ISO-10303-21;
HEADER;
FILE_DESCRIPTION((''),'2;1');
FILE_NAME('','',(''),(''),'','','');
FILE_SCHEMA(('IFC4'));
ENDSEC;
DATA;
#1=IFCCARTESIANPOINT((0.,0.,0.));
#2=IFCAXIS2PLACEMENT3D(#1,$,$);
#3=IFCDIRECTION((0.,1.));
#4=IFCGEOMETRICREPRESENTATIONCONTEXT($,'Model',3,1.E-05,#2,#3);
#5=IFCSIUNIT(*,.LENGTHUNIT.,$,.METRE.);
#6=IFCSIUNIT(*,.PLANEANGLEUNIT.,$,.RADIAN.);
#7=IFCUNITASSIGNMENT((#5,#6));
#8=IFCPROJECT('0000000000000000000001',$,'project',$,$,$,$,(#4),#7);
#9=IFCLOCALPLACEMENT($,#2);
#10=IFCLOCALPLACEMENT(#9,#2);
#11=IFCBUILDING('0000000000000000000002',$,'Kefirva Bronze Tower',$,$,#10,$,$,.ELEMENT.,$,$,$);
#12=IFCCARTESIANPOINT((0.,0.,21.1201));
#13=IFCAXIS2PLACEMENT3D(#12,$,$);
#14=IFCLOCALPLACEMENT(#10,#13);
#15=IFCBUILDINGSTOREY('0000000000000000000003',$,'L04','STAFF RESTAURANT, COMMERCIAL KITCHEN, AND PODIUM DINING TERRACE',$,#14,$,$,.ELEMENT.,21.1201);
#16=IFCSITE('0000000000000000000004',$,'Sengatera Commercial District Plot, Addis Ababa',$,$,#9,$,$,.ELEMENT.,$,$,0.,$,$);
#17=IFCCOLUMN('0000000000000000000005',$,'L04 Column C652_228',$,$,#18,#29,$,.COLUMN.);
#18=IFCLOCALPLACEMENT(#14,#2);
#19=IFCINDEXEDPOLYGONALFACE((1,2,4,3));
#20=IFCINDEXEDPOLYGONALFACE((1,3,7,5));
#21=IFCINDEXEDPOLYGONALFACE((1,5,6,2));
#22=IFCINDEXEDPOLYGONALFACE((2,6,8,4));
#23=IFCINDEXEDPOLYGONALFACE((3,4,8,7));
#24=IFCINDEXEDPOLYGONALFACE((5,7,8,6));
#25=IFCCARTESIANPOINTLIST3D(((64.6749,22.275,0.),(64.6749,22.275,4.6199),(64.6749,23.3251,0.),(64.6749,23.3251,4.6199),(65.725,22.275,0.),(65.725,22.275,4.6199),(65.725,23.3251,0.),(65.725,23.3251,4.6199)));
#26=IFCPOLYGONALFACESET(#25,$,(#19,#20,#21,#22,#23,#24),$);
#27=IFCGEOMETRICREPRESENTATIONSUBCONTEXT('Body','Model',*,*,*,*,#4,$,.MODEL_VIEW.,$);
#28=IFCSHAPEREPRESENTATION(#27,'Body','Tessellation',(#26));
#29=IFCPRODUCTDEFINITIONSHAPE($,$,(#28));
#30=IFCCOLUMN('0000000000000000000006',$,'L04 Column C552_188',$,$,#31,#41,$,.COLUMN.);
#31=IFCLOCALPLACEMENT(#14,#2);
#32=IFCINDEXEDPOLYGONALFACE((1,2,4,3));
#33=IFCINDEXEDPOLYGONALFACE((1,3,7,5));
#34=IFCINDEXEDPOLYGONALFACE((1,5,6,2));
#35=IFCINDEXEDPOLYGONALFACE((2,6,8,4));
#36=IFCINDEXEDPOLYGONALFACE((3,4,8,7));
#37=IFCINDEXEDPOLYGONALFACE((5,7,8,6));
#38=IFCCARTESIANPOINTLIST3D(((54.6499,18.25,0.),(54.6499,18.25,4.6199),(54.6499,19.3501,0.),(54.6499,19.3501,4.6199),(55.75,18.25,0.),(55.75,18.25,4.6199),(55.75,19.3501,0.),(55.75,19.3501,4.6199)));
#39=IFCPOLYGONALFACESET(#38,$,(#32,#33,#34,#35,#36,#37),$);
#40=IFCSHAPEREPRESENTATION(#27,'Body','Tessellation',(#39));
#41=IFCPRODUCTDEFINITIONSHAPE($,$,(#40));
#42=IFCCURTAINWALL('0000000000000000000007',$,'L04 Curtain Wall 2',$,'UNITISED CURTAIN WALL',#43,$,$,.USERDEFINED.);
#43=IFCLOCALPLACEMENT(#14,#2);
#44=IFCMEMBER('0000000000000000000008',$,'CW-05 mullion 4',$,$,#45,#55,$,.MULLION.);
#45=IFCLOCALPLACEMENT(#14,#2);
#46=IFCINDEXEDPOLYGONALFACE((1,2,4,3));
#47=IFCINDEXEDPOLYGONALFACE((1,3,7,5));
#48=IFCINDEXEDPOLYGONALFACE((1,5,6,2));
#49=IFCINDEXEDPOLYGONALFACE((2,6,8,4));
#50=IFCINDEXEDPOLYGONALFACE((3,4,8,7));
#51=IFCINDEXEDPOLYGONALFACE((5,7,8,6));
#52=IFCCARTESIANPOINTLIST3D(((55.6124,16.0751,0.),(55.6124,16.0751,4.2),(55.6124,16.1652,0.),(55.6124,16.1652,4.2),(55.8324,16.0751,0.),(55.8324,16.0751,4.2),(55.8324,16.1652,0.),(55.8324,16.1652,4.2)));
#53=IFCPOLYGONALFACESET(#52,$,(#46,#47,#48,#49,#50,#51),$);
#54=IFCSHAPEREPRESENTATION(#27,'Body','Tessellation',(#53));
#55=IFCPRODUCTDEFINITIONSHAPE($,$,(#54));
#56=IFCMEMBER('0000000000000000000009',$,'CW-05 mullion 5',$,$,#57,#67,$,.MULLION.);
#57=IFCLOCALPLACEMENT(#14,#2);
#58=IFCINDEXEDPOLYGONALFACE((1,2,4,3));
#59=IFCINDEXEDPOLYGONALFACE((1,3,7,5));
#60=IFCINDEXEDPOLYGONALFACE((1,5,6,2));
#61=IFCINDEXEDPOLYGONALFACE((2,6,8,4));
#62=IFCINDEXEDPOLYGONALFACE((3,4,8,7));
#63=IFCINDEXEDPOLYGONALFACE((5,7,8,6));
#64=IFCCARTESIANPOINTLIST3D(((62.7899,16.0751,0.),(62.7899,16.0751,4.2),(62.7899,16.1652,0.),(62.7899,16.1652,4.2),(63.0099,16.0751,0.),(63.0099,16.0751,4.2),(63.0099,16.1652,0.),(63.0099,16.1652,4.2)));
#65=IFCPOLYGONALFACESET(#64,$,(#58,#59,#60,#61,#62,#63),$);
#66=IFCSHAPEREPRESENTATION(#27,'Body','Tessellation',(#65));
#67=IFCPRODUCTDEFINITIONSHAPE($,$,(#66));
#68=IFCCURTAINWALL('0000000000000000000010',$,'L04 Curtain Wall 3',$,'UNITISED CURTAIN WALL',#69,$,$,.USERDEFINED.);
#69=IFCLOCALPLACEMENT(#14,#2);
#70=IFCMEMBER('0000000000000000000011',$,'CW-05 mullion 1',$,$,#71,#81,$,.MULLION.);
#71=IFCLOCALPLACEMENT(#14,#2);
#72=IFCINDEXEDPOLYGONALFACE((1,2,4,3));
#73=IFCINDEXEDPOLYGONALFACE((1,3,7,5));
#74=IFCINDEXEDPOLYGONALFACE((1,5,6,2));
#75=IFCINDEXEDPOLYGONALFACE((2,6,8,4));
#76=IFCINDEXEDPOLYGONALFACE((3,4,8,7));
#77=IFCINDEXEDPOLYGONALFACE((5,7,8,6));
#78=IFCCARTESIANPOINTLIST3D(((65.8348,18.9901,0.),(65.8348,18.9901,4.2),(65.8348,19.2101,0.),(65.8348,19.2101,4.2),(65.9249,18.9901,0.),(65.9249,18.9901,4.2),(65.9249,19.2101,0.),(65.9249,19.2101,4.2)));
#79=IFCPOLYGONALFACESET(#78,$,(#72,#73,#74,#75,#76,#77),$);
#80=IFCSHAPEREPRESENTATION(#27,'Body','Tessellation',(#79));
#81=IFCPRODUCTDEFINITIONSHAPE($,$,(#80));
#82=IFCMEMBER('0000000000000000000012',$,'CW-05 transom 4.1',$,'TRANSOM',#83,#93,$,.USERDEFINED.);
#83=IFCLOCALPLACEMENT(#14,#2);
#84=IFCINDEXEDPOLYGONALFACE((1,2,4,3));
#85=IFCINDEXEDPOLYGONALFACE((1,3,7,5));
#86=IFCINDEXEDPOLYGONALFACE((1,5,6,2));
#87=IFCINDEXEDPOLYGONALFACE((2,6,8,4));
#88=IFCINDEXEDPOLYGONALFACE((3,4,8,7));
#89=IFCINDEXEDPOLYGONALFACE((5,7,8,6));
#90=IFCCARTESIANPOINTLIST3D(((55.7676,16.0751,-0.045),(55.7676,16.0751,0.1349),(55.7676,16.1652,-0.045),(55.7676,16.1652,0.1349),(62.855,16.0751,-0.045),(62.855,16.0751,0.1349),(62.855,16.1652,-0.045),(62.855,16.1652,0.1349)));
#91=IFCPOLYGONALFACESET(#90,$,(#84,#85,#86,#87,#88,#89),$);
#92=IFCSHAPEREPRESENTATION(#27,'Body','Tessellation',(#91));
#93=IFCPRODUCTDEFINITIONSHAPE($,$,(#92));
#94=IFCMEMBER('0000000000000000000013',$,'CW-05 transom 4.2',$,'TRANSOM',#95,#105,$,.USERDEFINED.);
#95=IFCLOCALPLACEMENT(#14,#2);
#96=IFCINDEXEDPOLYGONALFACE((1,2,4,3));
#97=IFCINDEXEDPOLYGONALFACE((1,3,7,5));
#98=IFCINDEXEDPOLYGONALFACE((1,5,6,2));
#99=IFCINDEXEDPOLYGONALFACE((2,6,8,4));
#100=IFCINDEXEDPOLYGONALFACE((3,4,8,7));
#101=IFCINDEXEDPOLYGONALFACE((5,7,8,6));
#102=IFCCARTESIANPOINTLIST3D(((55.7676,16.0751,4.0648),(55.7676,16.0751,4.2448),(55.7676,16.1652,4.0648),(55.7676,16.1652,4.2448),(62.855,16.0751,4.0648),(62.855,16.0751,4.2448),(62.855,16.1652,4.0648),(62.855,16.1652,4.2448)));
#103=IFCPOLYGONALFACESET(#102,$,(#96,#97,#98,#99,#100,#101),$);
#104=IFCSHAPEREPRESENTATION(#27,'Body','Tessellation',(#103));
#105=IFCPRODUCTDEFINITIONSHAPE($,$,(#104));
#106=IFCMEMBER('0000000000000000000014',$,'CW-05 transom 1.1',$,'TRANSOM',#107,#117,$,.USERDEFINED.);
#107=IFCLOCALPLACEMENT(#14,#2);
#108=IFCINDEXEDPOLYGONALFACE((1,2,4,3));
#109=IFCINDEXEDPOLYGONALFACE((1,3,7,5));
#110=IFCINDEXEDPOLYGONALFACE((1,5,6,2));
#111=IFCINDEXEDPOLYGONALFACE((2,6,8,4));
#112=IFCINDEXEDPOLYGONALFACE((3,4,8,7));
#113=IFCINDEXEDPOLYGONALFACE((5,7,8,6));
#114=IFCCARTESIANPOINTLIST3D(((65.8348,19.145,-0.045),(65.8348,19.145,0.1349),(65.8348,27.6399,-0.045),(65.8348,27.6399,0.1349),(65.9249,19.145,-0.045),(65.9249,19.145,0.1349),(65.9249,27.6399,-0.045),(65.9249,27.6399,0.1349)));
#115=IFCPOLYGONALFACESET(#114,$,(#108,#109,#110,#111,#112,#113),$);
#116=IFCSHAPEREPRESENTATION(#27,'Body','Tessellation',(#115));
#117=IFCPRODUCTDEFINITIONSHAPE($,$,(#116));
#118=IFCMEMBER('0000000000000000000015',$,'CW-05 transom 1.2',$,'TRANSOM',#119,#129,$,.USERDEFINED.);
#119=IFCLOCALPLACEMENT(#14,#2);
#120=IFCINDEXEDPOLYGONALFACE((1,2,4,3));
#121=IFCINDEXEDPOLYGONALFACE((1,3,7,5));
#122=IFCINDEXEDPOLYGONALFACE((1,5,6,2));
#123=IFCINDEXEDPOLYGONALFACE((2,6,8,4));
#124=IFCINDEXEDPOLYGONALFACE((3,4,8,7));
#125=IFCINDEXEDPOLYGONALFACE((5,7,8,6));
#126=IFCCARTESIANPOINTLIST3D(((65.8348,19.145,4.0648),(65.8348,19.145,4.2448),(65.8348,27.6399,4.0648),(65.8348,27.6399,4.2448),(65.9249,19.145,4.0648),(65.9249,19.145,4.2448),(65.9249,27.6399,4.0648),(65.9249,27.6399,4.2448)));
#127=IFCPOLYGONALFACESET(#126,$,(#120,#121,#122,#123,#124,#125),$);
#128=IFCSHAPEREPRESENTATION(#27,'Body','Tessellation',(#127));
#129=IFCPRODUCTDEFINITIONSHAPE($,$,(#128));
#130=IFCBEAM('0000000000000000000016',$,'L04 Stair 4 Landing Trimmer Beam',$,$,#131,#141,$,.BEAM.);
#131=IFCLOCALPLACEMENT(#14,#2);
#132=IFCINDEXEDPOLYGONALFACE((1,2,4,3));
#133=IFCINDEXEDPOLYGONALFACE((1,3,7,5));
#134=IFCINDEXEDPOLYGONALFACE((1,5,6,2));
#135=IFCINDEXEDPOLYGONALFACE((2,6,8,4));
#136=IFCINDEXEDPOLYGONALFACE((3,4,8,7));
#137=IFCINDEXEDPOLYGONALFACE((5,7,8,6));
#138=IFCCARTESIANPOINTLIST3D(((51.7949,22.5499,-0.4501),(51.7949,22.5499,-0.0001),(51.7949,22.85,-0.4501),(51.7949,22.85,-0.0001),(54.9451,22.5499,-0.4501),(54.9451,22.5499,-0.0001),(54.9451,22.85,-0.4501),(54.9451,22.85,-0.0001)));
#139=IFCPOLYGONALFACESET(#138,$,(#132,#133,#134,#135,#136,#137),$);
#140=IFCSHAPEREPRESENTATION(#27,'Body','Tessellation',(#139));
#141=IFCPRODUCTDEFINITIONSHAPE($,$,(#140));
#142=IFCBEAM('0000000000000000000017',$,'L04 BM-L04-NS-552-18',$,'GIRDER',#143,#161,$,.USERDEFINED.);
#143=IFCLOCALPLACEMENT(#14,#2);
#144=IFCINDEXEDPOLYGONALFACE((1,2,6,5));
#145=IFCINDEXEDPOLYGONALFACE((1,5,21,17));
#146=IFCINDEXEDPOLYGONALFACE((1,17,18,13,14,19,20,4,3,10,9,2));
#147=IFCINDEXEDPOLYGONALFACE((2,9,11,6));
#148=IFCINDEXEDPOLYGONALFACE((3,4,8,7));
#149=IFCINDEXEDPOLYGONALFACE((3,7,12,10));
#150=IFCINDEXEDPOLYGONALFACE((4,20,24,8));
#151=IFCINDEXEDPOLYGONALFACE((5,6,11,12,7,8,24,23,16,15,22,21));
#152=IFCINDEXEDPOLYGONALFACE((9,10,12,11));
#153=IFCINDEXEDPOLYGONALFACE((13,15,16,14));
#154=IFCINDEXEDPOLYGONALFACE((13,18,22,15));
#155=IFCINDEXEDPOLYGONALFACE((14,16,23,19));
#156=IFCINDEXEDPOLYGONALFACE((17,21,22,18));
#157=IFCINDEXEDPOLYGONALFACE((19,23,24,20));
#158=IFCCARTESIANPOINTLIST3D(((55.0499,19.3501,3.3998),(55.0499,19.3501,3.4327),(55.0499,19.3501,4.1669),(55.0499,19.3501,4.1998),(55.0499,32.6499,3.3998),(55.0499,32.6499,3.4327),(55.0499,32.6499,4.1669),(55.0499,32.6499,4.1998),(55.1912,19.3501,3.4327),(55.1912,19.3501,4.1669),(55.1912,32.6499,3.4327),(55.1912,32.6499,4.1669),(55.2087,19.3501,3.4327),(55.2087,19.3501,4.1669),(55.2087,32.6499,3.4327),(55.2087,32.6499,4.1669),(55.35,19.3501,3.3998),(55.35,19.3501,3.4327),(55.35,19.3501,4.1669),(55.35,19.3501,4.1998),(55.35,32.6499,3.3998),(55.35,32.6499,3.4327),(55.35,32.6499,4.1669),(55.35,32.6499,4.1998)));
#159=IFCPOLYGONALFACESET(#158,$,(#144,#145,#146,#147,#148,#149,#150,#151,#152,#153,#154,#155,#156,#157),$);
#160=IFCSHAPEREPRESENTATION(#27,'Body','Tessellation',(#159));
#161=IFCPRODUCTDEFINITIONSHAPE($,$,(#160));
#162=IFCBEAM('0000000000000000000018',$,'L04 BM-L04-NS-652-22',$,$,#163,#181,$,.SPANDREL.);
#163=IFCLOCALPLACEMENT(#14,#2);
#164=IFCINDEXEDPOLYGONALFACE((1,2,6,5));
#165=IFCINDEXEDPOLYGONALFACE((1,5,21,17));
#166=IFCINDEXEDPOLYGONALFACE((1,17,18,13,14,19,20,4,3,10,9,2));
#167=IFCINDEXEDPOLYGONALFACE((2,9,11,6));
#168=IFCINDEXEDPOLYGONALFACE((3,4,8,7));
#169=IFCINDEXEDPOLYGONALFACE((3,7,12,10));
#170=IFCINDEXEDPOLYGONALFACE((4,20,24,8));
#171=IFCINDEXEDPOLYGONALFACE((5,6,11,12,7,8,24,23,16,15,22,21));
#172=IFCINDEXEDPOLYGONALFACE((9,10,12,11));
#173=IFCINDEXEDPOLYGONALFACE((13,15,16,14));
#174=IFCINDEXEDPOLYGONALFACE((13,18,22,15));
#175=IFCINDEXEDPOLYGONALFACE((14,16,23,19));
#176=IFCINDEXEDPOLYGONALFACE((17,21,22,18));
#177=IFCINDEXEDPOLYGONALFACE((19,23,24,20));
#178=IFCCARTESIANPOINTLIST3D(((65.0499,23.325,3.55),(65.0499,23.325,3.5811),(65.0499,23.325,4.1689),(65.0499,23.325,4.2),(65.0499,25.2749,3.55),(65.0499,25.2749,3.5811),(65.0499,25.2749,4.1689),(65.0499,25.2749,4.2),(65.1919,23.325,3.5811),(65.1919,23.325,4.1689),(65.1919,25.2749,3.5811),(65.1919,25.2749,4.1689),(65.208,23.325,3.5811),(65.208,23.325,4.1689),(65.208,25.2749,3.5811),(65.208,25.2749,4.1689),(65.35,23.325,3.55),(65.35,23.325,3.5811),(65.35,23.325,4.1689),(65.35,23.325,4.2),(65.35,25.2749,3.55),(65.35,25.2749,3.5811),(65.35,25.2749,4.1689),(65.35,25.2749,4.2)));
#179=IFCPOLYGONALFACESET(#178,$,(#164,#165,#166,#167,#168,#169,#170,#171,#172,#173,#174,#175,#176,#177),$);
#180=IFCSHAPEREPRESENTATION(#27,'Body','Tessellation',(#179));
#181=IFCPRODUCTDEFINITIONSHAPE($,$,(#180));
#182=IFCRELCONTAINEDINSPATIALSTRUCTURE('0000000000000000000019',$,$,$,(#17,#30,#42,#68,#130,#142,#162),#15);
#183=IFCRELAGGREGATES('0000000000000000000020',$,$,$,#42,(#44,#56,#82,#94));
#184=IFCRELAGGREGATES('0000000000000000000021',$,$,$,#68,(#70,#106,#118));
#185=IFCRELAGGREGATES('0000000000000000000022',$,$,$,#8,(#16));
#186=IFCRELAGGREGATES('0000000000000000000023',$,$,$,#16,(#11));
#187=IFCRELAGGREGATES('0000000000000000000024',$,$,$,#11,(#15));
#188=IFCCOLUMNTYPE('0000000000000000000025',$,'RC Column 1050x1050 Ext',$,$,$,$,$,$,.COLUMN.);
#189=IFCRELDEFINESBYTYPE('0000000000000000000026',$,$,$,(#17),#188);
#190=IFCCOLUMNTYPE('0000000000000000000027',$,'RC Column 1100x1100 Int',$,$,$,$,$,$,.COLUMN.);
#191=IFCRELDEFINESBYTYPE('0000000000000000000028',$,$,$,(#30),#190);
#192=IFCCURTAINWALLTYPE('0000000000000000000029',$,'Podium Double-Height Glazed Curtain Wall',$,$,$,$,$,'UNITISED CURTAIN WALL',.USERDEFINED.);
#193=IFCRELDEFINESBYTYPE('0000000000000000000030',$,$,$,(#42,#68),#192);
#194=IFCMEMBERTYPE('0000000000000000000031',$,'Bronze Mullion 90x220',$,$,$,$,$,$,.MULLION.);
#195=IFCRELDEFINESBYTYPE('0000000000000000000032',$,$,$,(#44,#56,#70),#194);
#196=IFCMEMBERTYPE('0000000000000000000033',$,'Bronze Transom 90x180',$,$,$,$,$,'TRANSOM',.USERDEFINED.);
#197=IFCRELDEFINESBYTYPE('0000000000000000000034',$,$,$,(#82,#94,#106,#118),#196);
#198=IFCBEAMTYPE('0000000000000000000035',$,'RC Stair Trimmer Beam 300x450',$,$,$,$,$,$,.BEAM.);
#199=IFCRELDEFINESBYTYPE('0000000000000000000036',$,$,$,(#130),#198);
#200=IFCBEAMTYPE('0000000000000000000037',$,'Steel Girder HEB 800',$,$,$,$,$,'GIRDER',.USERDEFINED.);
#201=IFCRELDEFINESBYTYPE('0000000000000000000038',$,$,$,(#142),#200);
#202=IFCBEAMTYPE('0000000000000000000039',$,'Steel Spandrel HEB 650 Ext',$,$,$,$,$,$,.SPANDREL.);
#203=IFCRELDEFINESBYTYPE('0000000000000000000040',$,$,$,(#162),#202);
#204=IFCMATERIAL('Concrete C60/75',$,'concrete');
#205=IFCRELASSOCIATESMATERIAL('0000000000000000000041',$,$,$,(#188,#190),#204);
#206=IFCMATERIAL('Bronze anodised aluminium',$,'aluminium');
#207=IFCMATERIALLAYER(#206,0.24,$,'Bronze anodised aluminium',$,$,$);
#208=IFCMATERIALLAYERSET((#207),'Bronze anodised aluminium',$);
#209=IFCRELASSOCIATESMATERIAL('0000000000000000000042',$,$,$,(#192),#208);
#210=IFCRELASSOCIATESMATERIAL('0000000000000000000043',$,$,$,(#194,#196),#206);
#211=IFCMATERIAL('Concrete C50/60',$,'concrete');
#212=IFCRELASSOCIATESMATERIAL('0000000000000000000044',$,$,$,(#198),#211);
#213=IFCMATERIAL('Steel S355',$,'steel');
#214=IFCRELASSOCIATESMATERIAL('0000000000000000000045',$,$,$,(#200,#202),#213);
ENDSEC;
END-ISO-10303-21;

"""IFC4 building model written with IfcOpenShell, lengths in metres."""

from ifc_helpers import new_model, si_unit, direction, frame, origin, origin_2d, place, context, subcontext, project, spatial, rectangle, i_section, extrude, material, layer, layer_set, material_profile, profile_set, type_object, element, aggregate, save


model = new_model("IFC4")

# Units and contexts
model_context = context("Model", 3, precision=1e-05, world=origin(), true_north=direction((0.0, 1.0)))
body_context = subcontext(model_context, "Body", "Model", "MODEL_VIEW")
ifc_project = project(units=[si_unit("LENGTHUNIT", "METRE"), si_unit("PLANEANGLEUNIT", "RADIAN")], contexts=[model_context])

# Site, building, storey
site_placement = place(None, origin())
site = spatial("IfcSite", under=ifc_project, at=site_placement, Name="Sengatera Commercial District Plot, Addis Ababa", CompositionType="ELEMENT", RefElevation=0.0)
building_placement = place(site_placement, origin())
building = spatial("IfcBuilding", under=site, at=building_placement, Name="Kefirva Bronze Tower", CompositionType="ELEMENT")
storey_placement = place(building_placement, frame((0.0, 0.0, 21.1201)))
storey = spatial("IfcBuildingStorey", under=building, at=storey_placement, Name="L04", Description="STAFF RESTAURANT, COMMERCIAL KITCHEN, AND PODIUM DINING TERRACE", CompositionType="ELEMENT", Elevation=21.1201)

# Columns
ifc_material_1 = material(Name="Concrete C60/75", Category="concrete")
ifc_material_profile_1 = material_profile(ifc_material_1, rectangle(XDim=1.05, YDim=1.05, at=origin_2d()), Name="RC 1050x1050")
ifc_profile_set_1 = profile_set([ifc_material_profile_1], Name="Concrete C60/75")
column_type_1 = type_object("IfcColumnType", Name="RC Column 1050x1050 Ext", PredefinedType="COLUMN", material=ifc_profile_set_1)
column_1_placement = place(storey_placement, frame((65.2, 22.8, 0.0), z_axis=(0.0, 0.0, 1.0), x_axis=(1.0, 0.0, 0.0)))
element("IfcColumn", 1, at=column_1_placement, inside=storey, type_object=column_type_1, Name="L04 Column C652_228", PredefinedType="COLUMN", context=body_context, shape_type="SweptSolid", body=[
    extrude(rectangle(XDim=1.05, YDim=1.05, at=origin_2d()), origin(), (0.0, 0.0, 1.0), 4.6199),
])
ifc_material_profile_2 = material_profile(ifc_material_1, rectangle(XDim=1.1001, YDim=1.1001, at=origin_2d()), Name="RC 1100x1100")
ifc_profile_set_2 = profile_set([ifc_material_profile_2], Name="Concrete C60/75")
column_type_2 = type_object("IfcColumnType", Name="RC Column 1100x1100 Int", PredefinedType="COLUMN", material=ifc_profile_set_2)
column_2_placement = place(storey_placement, frame((55.2, 18.8, 0.0), z_axis=(0.0, 0.0, 1.0), x_axis=(1.0, 0.0, 0.0)))
element("IfcColumn", 2, at=column_2_placement, inside=storey, type_object=column_type_2, Name="L04 Column C552_188", PredefinedType="COLUMN", context=body_context, shape_type="SweptSolid", body=[
    extrude(rectangle(XDim=1.1001, YDim=1.1001, at=origin_2d()), origin(), (0.0, 0.0, 1.0), 4.6199),
])

# Curtain wall, members
ifc_material_2 = material(Name="Bronze anodised aluminium", Category="aluminium")
ifc_layer_1 = layer(ifc_material_2, 0.24, Name="Bronze anodised aluminium")
ifc_layer_set_1 = layer_set([ifc_layer_1], Name="Bronze anodised aluminium")
curtain_wall_type = type_object("IfcCurtainWallType", Name="Podium Double-Height Glazed Curtain Wall", ElementType="UNITISED CURTAIN WALL", PredefinedType="USERDEFINED", material=ifc_layer_set_1)
curtain_wall_1_placement = place(storey_placement, origin())
curtain_wall_1 = element("IfcCurtainWall", 3, at=curtain_wall_1_placement, inside=storey, type_object=curtain_wall_type, Name="L04 Curtain Wall 2", ObjectType="UNITISED CURTAIN WALL", PredefinedType="USERDEFINED")
ifc_material_profile_3 = material_profile(ifc_material_2, rectangle(XDim=0.0901, YDim=0.22, at=origin_2d()), Name="ALU 90x220")
ifc_profile_set_3 = profile_set([ifc_material_profile_3], Name="Bronze anodised aluminium")
member_type_1 = type_object("IfcMemberType", Name="Bronze Mullion 90x220", PredefinedType="MULLION", material=ifc_profile_set_3)
member_1_placement = place(storey_placement, frame((55.7224, 16.1201, 0.0), z_axis=(0.0, 0.0, 1.0), x_axis=(0.0, 1.0, 0.0)))
member_1 = element("IfcMember", 4, at=member_1_placement, type_object=member_type_1, Name="CW-05 mullion 4", PredefinedType="MULLION", context=body_context, shape_type="SweptSolid", body=[
    extrude(rectangle(XDim=0.0901, YDim=0.22, at=origin_2d()), origin(), (0.0, 0.0, 1.0), 4.2),
])
member_2_placement = place(storey_placement, frame((62.8999, 16.1201, 0.0), z_axis=(0.0, 0.0, 1.0), x_axis=(0.0, 1.0, 0.0)))
member_2 = element("IfcMember", 5, at=member_2_placement, type_object=member_type_1, Name="CW-05 mullion 5", PredefinedType="MULLION", context=body_context, shape_type="SweptSolid", body=[
    extrude(rectangle(XDim=0.0901, YDim=0.22, at=origin_2d()), origin(), (0.0, 0.0, 1.0), 4.2),
])

# Curtain wall, member
curtain_wall_2_placement = place(storey_placement, origin())
curtain_wall_2 = element("IfcCurtainWall", 6, at=curtain_wall_2_placement, inside=storey, type_object=curtain_wall_type, Name="L04 Curtain Wall 3", ObjectType="UNITISED CURTAIN WALL", PredefinedType="USERDEFINED")
member_3_placement = place(storey_placement, frame((65.8799, 19.1001, 0.0), z_axis=(0.0, 0.0, 1.0), x_axis=(-1.0, 0.0, 0.0)))
member_3 = element("IfcMember", 7, at=member_3_placement, type_object=member_type_1, Name="CW-05 mullion 1", PredefinedType="MULLION", context=body_context, shape_type="SweptSolid", body=[
    extrude(rectangle(XDim=0.0901, YDim=0.22, at=origin_2d()), origin(), (0.0, 0.0, 1.0), 4.2),
])

# Members
ifc_material_profile_4 = material_profile(ifc_material_2, rectangle(XDim=0.0901, YDim=0.1799, at=origin_2d()), Name="ALU 90x180")
ifc_profile_set_4 = profile_set([ifc_material_profile_4], Name="Bronze anodised aluminium")
member_type_2 = type_object("IfcMemberType", Name="Bronze Transom 90x180", ElementType="TRANSOM", PredefinedType="USERDEFINED", material=ifc_profile_set_4)
member_4_placement = place(storey_placement, frame((55.7676, 16.1201, 0.0449), z_axis=(1.0, 0.0, 0.0), x_axis=(0.0, 1.0, 0.0)))
member_4 = element("IfcMember", 8, at=member_4_placement, type_object=member_type_2, Name="CW-05 transom 4.1", ObjectType="TRANSOM", PredefinedType="USERDEFINED", context=body_context, shape_type="SweptSolid", body=[
    extrude(rectangle(XDim=0.0901, YDim=0.1799, at=origin_2d()), origin(), (0.0, 0.0, 1.0), 7.0874),
])
member_5_placement = place(storey_placement, frame((55.7676, 16.1201, 4.1548), z_axis=(1.0, 0.0, 0.0), x_axis=(0.0, 1.0, 0.0)))
member_5 = element("IfcMember", 9, at=member_5_placement, type_object=member_type_2, Name="CW-05 transom 4.2", ObjectType="TRANSOM", PredefinedType="USERDEFINED", context=body_context, shape_type="SweptSolid", body=[
    extrude(rectangle(XDim=0.0901, YDim=0.1799, at=origin_2d()), origin(), (0.0, 0.0, 1.0), 7.0874),
])
member_6_placement = place(storey_placement, frame((65.8799, 19.145, 0.0449), z_axis=(0.0, 1.0, 0.0), x_axis=(-1.0, 0.0, 0.0)))
member_6 = element("IfcMember", 10, at=member_6_placement, type_object=member_type_2, Name="CW-05 transom 1.1", ObjectType="TRANSOM", PredefinedType="USERDEFINED", context=body_context, shape_type="SweptSolid", body=[
    extrude(rectangle(XDim=0.0901, YDim=0.1799, at=origin_2d()), origin(), (0.0, 0.0, 1.0), 8.4949),
])
member_7_placement = place(storey_placement, frame((65.8799, 19.145, 4.1548), z_axis=(0.0, 1.0, 0.0), x_axis=(-1.0, 0.0, 0.0)))
member_7 = element("IfcMember", 11, at=member_7_placement, type_object=member_type_2, Name="CW-05 transom 1.2", ObjectType="TRANSOM", PredefinedType="USERDEFINED", context=body_context, shape_type="SweptSolid", body=[
    extrude(rectangle(XDim=0.0901, YDim=0.1799, at=origin_2d()), origin(), (0.0, 0.0, 1.0), 8.4949),
])

# Beams
ifc_material_3 = material(Name="Concrete C50/60", Category="concrete")
ifc_material_profile_5 = material_profile(ifc_material_3, rectangle(XDim=0.3, YDim=0.45, at=origin_2d()), Name="RC 300x450")
ifc_profile_set_5 = profile_set([ifc_material_profile_5], Name="Concrete C50/60")
beam_type_1 = type_object("IfcBeamType", Name="RC Stair Trimmer Beam 300x450", PredefinedType="BEAM", material=ifc_profile_set_5)
beam_1_placement = place(storey_placement, frame((51.7949, 22.7, -0.2251), z_axis=(1.0, 0.0, 0.0), x_axis=(0.0, 1.0, 0.0)))
element("IfcBeam", 12, at=beam_1_placement, inside=storey, type_object=beam_type_1, Name="L04 Stair 4 Landing Trimmer Beam", PredefinedType="BEAM", context=body_context, shape_type="SweptSolid", body=[
    extrude(rectangle(XDim=0.3, YDim=0.45, at=origin_2d()), origin(), (0.0, 0.0, 1.0), 3.1501),
])
ifc_material_4 = material(Name="Steel S355", Category="steel")
ifc_material_profile_6 = material_profile(ifc_material_4, i_section(OverallWidth=0.3, OverallDepth=0.8, WebThickness=0.0176, FlangeThickness=0.033, at=origin_2d()), Name="HEB 800")
ifc_profile_set_6 = profile_set([ifc_material_profile_6], Name="Steel S355")
beam_type_2 = type_object("IfcBeamType", Name="Steel Girder HEB 800", ElementType="GIRDER", PredefinedType="USERDEFINED", material=ifc_profile_set_6)
beam_2_placement = place(storey_placement, frame((55.2, 19.3501, 3.7998), z_axis=(0.0, 1.0, 0.0), x_axis=(-1.0, 0.0, 0.0)))
element("IfcBeam", 13, at=beam_2_placement, inside=storey, type_object=beam_type_2, Name="L04 BM-L04-NS-552-18", ObjectType="GIRDER", PredefinedType="USERDEFINED", context=body_context, shape_type="SweptSolid", body=[
    extrude(i_section(OverallWidth=0.3, OverallDepth=0.8, WebThickness=0.0176, FlangeThickness=0.033, at=origin_2d()), origin(), (0.0, 0.0, 1.0), 13.2998),
])
ifc_material_profile_7 = material_profile(ifc_material_4, i_section(OverallWidth=0.3, OverallDepth=0.6499, WebThickness=0.0161, FlangeThickness=0.031, at=origin_2d()), Name="HEB 650")
ifc_profile_set_7 = profile_set([ifc_material_profile_7], Name="Steel S355")
beam_type_3 = type_object("IfcBeamType", Name="Steel Spandrel HEB 650 Ext", PredefinedType="SPANDREL", material=ifc_profile_set_7)
beam_3_placement = place(storey_placement, frame((65.2, 23.325, 3.875), z_axis=(0.0, 1.0, 0.0), x_axis=(-1.0, 0.0, 0.0)))
element("IfcBeam", 14, at=beam_3_placement, inside=storey, type_object=beam_type_3, Name="L04 BM-L04-NS-652-22", PredefinedType="SPANDREL", context=body_context, shape_type="SweptSolid", body=[
    extrude(i_section(OverallWidth=0.3, OverallDepth=0.6499, WebThickness=0.0161, FlangeThickness=0.031, at=origin_2d()), origin(), (0.0, 0.0, 1.0), 1.95),
])

aggregate(curtain_wall_1, [member_1, member_2, member_4, member_5])
aggregate(curtain_wall_2, [member_3, member_6, member_7])

save(model, "model.ifc")
